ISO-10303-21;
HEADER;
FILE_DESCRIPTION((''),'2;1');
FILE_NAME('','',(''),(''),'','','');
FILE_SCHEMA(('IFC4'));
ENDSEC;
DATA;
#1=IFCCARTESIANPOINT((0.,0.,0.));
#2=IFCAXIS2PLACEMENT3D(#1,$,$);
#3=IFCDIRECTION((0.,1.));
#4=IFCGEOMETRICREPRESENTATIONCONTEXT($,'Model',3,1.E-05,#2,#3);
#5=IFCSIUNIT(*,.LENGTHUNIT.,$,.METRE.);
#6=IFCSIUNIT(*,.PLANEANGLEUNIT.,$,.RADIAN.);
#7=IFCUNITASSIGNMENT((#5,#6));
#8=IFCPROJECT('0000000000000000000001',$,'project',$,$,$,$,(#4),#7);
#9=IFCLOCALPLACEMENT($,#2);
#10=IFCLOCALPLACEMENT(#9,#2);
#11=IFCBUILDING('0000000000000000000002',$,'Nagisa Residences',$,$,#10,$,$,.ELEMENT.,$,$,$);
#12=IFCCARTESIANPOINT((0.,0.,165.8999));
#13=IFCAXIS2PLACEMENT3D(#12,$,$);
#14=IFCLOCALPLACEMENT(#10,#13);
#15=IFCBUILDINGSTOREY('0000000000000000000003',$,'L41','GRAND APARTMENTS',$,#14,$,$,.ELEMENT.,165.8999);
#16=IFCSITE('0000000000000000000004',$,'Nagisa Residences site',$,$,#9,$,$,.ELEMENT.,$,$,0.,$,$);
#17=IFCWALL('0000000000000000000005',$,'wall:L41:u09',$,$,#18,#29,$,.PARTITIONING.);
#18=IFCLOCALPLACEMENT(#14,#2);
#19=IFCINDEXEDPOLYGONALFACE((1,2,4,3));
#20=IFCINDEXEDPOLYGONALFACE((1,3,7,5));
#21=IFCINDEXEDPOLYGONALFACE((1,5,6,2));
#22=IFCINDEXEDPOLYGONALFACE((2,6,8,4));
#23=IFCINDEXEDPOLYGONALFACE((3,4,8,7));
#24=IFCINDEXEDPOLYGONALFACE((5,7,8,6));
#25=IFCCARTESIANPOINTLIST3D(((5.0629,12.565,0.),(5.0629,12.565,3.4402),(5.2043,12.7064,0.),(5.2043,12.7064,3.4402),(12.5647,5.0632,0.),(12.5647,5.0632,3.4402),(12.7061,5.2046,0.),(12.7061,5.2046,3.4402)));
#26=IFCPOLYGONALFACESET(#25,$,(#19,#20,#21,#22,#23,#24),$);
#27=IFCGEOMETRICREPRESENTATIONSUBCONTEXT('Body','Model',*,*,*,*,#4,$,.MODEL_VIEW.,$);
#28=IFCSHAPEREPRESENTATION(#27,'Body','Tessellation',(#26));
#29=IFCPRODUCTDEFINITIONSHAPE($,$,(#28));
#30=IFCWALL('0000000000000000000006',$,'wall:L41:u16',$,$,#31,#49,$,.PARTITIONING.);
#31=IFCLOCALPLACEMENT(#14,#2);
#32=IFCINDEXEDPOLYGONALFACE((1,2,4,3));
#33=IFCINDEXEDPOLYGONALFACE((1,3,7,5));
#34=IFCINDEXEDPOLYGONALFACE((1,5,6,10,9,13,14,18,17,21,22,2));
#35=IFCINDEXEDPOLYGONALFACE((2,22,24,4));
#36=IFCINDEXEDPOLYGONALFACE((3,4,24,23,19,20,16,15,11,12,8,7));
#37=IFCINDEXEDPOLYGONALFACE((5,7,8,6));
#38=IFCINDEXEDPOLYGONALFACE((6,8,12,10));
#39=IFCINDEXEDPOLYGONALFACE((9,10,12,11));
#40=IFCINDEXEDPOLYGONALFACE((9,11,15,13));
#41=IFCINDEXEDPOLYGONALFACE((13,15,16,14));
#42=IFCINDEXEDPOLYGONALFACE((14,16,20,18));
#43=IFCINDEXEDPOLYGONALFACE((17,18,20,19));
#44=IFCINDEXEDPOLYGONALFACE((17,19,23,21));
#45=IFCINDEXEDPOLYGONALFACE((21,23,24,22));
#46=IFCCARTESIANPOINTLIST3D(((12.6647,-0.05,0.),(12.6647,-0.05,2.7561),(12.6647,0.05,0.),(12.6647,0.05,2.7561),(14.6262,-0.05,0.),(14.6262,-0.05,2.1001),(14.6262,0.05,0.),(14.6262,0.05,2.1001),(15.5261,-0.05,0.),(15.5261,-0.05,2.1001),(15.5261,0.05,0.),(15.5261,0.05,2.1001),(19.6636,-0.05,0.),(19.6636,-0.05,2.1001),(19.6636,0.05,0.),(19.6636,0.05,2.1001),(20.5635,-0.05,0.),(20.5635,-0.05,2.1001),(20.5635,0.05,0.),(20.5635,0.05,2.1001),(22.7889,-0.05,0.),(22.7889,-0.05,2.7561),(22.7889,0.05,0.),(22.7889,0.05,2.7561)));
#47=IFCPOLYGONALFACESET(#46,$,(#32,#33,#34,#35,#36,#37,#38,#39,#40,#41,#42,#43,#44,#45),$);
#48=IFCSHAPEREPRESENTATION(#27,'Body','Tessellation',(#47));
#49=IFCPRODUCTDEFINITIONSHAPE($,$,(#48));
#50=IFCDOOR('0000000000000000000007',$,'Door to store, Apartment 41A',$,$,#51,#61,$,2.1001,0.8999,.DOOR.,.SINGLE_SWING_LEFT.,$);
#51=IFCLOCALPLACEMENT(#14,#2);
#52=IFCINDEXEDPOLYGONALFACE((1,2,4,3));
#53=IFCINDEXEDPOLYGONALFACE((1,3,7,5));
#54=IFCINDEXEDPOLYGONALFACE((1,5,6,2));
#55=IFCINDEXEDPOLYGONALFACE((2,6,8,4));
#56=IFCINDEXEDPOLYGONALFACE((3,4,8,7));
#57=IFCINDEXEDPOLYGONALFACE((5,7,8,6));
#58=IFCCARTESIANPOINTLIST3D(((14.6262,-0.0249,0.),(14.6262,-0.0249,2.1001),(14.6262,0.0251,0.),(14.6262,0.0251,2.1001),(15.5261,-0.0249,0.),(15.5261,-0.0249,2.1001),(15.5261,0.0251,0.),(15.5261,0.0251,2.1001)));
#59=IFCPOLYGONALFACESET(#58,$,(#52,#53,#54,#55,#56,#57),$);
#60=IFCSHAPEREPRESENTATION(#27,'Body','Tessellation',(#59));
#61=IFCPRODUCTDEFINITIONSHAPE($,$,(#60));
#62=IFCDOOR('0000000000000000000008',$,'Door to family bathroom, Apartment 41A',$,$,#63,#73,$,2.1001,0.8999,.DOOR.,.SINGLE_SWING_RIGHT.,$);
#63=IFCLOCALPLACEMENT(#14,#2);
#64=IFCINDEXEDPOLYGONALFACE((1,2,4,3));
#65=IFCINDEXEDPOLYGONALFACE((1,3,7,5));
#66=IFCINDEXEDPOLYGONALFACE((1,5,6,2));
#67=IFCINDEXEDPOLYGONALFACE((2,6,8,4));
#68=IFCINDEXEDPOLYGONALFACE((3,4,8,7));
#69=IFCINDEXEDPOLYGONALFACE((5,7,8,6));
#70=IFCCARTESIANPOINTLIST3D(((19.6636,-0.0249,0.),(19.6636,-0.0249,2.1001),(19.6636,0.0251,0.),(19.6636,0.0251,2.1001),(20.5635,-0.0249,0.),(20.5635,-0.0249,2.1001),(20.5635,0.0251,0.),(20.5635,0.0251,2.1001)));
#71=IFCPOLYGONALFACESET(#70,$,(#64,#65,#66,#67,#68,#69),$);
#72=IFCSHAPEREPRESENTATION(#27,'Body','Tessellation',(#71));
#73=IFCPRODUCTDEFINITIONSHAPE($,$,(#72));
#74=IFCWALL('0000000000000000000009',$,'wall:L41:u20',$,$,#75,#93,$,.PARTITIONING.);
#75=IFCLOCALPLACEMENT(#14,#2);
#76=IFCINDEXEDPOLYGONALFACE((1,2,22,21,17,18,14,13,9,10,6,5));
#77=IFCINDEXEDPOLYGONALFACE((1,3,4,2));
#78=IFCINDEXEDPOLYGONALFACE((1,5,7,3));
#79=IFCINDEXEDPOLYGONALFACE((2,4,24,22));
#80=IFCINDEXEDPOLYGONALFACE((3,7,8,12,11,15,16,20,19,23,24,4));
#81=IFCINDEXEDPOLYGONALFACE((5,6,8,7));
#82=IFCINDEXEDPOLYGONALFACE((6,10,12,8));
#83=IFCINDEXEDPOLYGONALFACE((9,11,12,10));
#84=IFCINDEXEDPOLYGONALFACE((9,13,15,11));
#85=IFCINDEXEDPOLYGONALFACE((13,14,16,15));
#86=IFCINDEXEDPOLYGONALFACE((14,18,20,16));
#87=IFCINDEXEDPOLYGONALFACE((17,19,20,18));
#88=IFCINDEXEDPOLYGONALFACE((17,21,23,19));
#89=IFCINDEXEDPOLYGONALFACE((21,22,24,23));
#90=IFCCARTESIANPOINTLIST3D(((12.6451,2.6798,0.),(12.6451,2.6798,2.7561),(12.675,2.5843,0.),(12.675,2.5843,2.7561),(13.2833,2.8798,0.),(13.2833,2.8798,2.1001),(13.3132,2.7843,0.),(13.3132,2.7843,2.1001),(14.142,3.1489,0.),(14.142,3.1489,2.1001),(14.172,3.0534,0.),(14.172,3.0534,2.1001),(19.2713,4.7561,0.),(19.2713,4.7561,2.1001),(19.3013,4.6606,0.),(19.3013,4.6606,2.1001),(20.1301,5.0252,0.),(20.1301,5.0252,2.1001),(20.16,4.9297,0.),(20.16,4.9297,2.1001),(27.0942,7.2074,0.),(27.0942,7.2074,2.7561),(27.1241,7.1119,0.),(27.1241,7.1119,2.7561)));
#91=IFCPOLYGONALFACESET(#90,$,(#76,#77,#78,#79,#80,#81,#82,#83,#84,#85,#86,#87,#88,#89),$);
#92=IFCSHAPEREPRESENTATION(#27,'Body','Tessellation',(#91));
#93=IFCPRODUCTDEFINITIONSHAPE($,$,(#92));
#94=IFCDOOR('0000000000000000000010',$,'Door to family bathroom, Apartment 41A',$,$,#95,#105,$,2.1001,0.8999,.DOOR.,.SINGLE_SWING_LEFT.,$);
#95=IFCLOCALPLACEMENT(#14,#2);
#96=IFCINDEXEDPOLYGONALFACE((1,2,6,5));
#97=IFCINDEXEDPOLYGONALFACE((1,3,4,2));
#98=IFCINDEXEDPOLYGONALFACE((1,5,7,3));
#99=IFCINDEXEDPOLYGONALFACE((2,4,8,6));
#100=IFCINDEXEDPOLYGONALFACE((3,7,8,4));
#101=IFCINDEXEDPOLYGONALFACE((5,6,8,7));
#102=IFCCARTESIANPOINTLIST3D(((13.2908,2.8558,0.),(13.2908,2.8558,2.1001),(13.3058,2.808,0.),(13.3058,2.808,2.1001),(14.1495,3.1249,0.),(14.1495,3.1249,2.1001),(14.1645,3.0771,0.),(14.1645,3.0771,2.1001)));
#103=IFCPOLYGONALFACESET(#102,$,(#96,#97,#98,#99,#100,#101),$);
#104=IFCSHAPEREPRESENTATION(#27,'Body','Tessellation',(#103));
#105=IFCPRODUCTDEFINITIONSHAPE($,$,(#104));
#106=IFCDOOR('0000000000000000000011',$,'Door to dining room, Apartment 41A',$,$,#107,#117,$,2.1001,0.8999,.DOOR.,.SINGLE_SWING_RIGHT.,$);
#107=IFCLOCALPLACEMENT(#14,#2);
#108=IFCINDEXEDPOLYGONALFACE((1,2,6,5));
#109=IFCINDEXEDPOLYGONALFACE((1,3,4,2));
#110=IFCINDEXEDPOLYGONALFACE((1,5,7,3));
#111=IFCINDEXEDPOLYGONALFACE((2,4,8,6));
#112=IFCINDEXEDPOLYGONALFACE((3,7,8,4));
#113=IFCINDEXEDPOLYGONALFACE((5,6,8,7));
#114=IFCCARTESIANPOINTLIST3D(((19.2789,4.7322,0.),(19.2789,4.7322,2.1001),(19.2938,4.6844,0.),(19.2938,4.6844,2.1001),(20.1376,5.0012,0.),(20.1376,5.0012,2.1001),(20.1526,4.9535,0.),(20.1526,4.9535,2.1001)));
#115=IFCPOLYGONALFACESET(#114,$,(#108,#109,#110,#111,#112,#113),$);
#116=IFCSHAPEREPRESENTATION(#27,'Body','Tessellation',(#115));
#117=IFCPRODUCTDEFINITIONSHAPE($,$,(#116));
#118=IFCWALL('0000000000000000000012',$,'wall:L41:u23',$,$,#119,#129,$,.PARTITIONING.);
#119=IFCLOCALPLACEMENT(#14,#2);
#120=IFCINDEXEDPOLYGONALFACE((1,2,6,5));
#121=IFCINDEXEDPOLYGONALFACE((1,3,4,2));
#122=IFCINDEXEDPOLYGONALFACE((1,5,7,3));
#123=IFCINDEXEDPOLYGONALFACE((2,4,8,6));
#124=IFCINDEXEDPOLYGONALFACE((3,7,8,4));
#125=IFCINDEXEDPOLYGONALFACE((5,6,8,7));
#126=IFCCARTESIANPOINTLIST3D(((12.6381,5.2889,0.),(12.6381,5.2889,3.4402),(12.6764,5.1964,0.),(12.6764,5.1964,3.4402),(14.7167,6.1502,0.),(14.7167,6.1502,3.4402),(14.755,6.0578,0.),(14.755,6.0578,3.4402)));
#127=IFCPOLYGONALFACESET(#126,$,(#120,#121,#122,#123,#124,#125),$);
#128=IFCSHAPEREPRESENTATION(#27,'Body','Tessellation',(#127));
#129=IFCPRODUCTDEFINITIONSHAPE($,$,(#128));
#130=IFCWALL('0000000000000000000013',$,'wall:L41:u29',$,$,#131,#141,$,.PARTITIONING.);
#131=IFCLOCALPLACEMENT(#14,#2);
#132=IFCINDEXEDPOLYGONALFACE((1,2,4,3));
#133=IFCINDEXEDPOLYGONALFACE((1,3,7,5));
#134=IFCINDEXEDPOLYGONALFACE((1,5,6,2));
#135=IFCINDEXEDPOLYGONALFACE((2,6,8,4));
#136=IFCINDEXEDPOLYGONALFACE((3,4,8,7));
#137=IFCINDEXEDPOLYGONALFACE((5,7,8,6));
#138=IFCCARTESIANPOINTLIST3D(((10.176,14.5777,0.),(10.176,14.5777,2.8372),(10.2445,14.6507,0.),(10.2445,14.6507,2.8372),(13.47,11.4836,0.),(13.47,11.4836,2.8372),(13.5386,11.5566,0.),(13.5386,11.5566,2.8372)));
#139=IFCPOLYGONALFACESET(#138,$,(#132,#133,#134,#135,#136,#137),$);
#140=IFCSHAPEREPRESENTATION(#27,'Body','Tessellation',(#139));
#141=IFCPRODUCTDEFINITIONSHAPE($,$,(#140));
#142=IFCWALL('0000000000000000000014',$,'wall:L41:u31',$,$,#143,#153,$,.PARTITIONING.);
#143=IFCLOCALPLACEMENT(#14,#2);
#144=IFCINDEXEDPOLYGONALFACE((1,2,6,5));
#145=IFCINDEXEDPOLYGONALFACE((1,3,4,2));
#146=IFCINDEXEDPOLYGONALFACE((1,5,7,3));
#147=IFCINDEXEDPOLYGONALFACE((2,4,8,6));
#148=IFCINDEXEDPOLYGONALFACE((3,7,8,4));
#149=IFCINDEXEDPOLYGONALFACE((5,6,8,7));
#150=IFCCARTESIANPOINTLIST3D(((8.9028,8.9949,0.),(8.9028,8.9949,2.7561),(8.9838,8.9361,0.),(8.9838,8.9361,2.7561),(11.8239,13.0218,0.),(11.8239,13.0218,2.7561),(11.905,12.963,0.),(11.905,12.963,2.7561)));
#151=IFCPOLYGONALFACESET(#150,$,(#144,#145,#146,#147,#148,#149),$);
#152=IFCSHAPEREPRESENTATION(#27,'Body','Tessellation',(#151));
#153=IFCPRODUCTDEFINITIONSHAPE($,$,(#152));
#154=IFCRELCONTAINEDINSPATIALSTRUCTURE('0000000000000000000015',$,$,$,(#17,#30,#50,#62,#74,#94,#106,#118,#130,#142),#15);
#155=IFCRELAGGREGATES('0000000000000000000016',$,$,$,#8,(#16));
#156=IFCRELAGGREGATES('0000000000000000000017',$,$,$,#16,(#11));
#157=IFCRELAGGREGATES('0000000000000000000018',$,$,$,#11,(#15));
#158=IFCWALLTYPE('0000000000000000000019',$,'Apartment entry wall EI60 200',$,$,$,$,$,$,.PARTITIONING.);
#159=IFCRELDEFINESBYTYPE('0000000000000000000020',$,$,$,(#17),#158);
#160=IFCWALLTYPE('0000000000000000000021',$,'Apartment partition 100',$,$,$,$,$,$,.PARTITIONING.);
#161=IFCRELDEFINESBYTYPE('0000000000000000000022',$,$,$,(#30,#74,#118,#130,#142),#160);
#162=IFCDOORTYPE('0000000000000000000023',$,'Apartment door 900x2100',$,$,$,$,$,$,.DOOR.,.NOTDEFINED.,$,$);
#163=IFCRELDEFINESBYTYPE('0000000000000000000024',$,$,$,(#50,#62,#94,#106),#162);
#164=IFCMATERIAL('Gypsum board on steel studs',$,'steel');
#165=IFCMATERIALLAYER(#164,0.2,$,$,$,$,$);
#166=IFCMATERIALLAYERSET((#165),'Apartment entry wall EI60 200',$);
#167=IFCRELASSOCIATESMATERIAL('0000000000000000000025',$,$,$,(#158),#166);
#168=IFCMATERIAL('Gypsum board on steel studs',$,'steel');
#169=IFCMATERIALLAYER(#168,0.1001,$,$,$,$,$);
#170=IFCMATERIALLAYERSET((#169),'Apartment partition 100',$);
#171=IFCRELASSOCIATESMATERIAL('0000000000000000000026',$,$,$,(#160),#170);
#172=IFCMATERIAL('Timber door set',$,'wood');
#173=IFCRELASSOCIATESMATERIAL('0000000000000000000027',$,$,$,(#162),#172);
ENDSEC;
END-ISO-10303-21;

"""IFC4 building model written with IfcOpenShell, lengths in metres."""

from ifc_helpers import new_model, si_unit, direction, frame, frame_2d, origin, place, context, subcontext, project, spatial, rectangle, extrude, material, layer, layer_set, type_object, element, fill, save


model = new_model("IFC4")

# Units and contexts
model_context = context("Model", 3, precision=1e-05, world=origin(), true_north=direction((0.0, 1.0)))
body_context = subcontext(model_context, "Body", "Model", "MODEL_VIEW")
ifc_project = project(units=[si_unit("LENGTHUNIT", "METRE"), si_unit("PLANEANGLEUNIT", "RADIAN")], contexts=[model_context])

# Site, building, storey
site_placement = place(None, origin())
site = spatial("IfcSite", under=ifc_project, at=site_placement, Name="Nagisa Residences site", CompositionType="ELEMENT", RefElevation=0.0)
building_placement = place(site_placement, origin())
building = spatial("IfcBuilding", under=site, at=building_placement, Name="Nagisa Residences", CompositionType="ELEMENT")
storey_placement = place(building_placement, frame((0.0, 0.0, 165.8999)))
storey = spatial("IfcBuildingStorey", under=building, at=storey_placement, Name="L41", Description="GRAND APARTMENTS", CompositionType="ELEMENT", Elevation=165.8999)

# Wall
ifc_material_1 = material(Name="Gypsum board on steel studs", Category="steel")
ifc_layer_1 = layer(ifc_material_1, 0.2)
ifc_layer_set_1 = layer_set([ifc_layer_1], Name="Apartment entry wall EI60 200")
wall_type_1 = type_object("IfcWallType", Name="Apartment entry wall EI60 200", PredefinedType="PARTITIONING", material=ifc_layer_set_1)
wall_1_placement = place(storey_placement, frame((12.6355, 5.1338, 0.0), z_axis=(0.0, 0.0, 1.0), x_axis=(-0.707107, 0.707107, 0.0)))
element("IfcWall", 1, at=wall_1_placement, inside=storey, type_object=wall_type_1, Name="wall:L41:u09", PredefinedType="PARTITIONING", context=body_context, shape_type="SweptSolid", body=[
    extrude(rectangle(XDim=10.6091, YDim=0.2, at=frame_2d((5.3047, 0.0))), origin(), (0.0, 0.0, 1.0), 3.4402),
])

# Walls, openings, doors
ifc_material_2 = material(Name="Gypsum board on steel studs", Category="steel")
ifc_layer_2 = layer(ifc_material_2, 0.1001)
ifc_layer_set_2 = layer_set([ifc_layer_2], Name="Apartment partition 100")
wall_type_2 = type_object("IfcWallType", Name="Apartment partition 100", PredefinedType="PARTITIONING", material=ifc_layer_set_2)
wall_2_placement = place(storey_placement, frame((12.6648, 0.0, 0.0), z_axis=(0.0, 0.0, 1.0), x_axis=(1.0, 0.0, 0.0)))
wall_2 = element("IfcWall", 2, at=wall_2_placement, inside=storey, type_object=wall_type_2, Name="wall:L41:u16", PredefinedType="PARTITIONING", context=body_context, shape_type="SweptSolid", body=[
    extrude(rectangle(XDim=10.1243, YDim=0.1001, at=frame_2d((5.062, 0.0))), origin(), (0.0, 0.0, 1.0), 2.7561),
])
opening_1_placement = place(wall_2_placement, frame((1.9614, 0.0, 0.0)))
opening_1 = element("IfcOpeningElement", 3, at=opening_1_placement, cuts=wall_2, PredefinedType="OPENING", context=body_context, shape_type="SweptSolid", body=[
    extrude(rectangle(XDim=0.8999, YDim=2.1001, at=frame_2d((0.45, 1.05))), frame((0.0, 0.0601, 0.0), z_axis=(0.0, -1.0, 0.0), x_axis=(1.0, 0.0, 0.0)), (0.0, 0.0, 1.0), 0.1201),
])
opening_2_placement = place(wall_2_placement, frame((6.9988, 0.0, 0.0)))
opening_2 = element("IfcOpeningElement", 4, at=opening_2_placement, cuts=wall_2, PredefinedType="OPENING", context=body_context, shape_type="SweptSolid", body=[
    extrude(rectangle(XDim=0.8999, YDim=2.1001, at=frame_2d((0.45, 1.05))), frame((0.0, 0.0601, 0.0), z_axis=(0.0, -1.0, 0.0), x_axis=(1.0, 0.0, 0.0)), (0.0, 0.0, 1.0), 0.1201),
])
ifc_material_3 = material(Name="Timber door set", Category="wood")
door_type_1 = type_object("IfcDoorType", Name="Apartment door 900x2100", OperationType="NOTDEFINED", PredefinedType="DOOR", material=ifc_material_3)
door_1_placement = place(opening_1_placement, frame((0.8999, 0.0, 0.0), x_axis=(-1.0, 0.0, 0.0)))
door_1 = element("IfcDoor", 5, at=door_1_placement, inside=storey, type_object=door_type_1, Name="Door to store, Apartment 41A", OperationType="SINGLE_SWING_LEFT", OverallHeight=2.1001, OverallWidth=0.8999, PredefinedType="DOOR", context=body_context, shape_type="SweptSolid", body=[
    extrude(rectangle(XDim=0.8999, YDim=2.1001, at=frame_2d((0.45, 1.05))), frame((0.0, 0.0249, 0.0), z_axis=(0.0, -1.0, 0.0), x_axis=(1.0, 0.0, 0.0)), (0.0, 0.0, 1.0), 0.05),
])
fill(opening_1, door_1)
door_2_placement = place(opening_2_placement, frame((0.8999, 0.0, 0.0), x_axis=(-1.0, 0.0, 0.0)))
door_2 = element("IfcDoor", 6, at=door_2_placement, inside=storey, type_object=door_type_1, Name="Door to family bathroom, Apartment 41A", OperationType="SINGLE_SWING_RIGHT", OverallHeight=2.1001, OverallWidth=0.8999, PredefinedType="DOOR", context=body_context, shape_type="SweptSolid", body=[
    extrude(rectangle(XDim=0.8999, YDim=2.1001, at=frame_2d((0.45, 1.05))), frame((0.0, 0.0249, 0.0), z_axis=(0.0, -1.0, 0.0), x_axis=(1.0, 0.0, 0.0)), (0.0, 0.0, 1.0), 0.05),
])
fill(opening_2, door_2)
wall_3_placement = place(storey_placement, frame((12.6602, 2.6321, 0.0), z_axis=(0.0, 0.0, 1.0), x_axis=(0.954249, 0.299014, 0.0)))
wall_3 = element("IfcWall", 7, at=wall_3_placement, inside=storey, type_object=wall_type_2, Name="wall:L41:u20", PredefinedType="PARTITIONING", context=body_context, shape_type="SweptSolid", body=[
    extrude(rectangle(XDim=15.1418, YDim=0.1001, at=frame_2d((7.5708, 0.0))), origin(), (0.0, 0.0, 1.0), 2.7561),
])
opening_3_placement = place(wall_3_placement, frame((0.6687, 0.0, 0.0)))
opening_3 = element("IfcOpeningElement", 8, at=opening_3_placement, cuts=wall_3, PredefinedType="OPENING", context=body_context, shape_type="SweptSolid", body=[
    extrude(rectangle(XDim=0.8999, YDim=2.1001, at=frame_2d((0.45, 1.05))), frame((0.0, 0.0601, 0.0), z_axis=(0.0, -1.0, 0.0), x_axis=(1.0, 0.0, 0.0)), (0.0, 0.0, 1.0), 0.1201),
])
opening_4_placement = place(wall_3_placement, frame((6.9438, 0.0, 0.0)))
opening_4 = element("IfcOpeningElement", 9, at=opening_4_placement, cuts=wall_3, PredefinedType="OPENING", context=body_context, shape_type="SweptSolid", body=[
    extrude(rectangle(XDim=0.8999, YDim=2.1001, at=frame_2d((0.45, 1.05))), frame((0.0, 0.0601, 0.0), z_axis=(0.0, -1.0, 0.0), x_axis=(1.0, 0.0, 0.0)), (0.0, 0.0, 1.0), 0.1201),
])
door_3_placement = place(opening_3_placement, origin())
door_3 = element("IfcDoor", 10, at=door_3_placement, inside=storey, type_object=door_type_1, Name="Door to family bathroom, Apartment 41A", OperationType="SINGLE_SWING_LEFT", OverallHeight=2.1001, OverallWidth=0.8999, PredefinedType="DOOR", context=body_context, shape_type="SweptSolid", body=[
    extrude(rectangle(XDim=0.8999, YDim=2.1001, at=frame_2d((0.45, 1.05))), frame((0.0, 0.0249, 0.0), z_axis=(0.0, -1.0, 0.0), x_axis=(1.0, 0.0, 0.0)), (0.0, 0.0, 1.0), 0.05),
])
fill(opening_3, door_3)
door_4_placement = place(opening_4_placement, origin())
door_4 = element("IfcDoor", 11, at=door_4_placement, inside=storey, type_object=door_type_1, Name="Door to dining room, Apartment 41A", OperationType="SINGLE_SWING_RIGHT", OverallHeight=2.1001, OverallWidth=0.8999, PredefinedType="DOOR", context=body_context, shape_type="SweptSolid", body=[
    extrude(rectangle(XDim=0.8999, YDim=2.1001, at=frame_2d((0.45, 1.05))), frame((0.0, 0.0249, 0.0), z_axis=(0.0, -1.0, 0.0), x_axis=(1.0, 0.0, 0.0)), (0.0, 0.0, 1.0), 0.05),
])
fill(opening_4, door_4)

# Walls
wall_4_placement = place(storey_placement, frame((12.6572, 5.2427, 0.0), z_axis=(0.0, 0.0, 1.0), x_axis=(0.923826, 0.382812, 0.0)))
element("IfcWall", 12, at=wall_4_placement, inside=storey, type_object=wall_type_2, Name="wall:L41:u23", PredefinedType="PARTITIONING", context=body_context, shape_type="SweptSolid", body=[
    extrude(rectangle(XDim=2.25, YDim=0.1001, at=frame_2d((1.125, 0.0))), origin(), (0.0, 0.0, 1.0), 3.4402),
])
wall_5_placement = place(storey_placement, frame((13.5044, 11.52, 0.0), z_axis=(0.0, 0.0, 1.0), x_axis=(-0.728883, 0.684638, 0.0)))
element("IfcWall", 13, at=wall_5_placement, inside=storey, type_object=wall_type_2, Name="wall:L41:u29", PredefinedType="PARTITIONING", context=body_context, shape_type="SweptSolid", body=[
    extrude(rectangle(XDim=4.5193, YDim=0.1001, at=frame_2d((2.2598, 0.0))), origin(), (0.0, 0.0, 1.0), 2.8372),
])
wall_6_placement = place(storey_placement, frame((8.9434, 8.9656, 0.0), z_axis=(0.0, 0.0, 1.0), x_axis=(0.587188, 0.809451, 0.0)))
element("IfcWall", 14, at=wall_6_placement, inside=storey, type_object=wall_type_2, Name="wall:L41:u31", PredefinedType="PARTITIONING", context=body_context, shape_type="SweptSolid", body=[
    extrude(rectangle(XDim=4.9749, YDim=0.1001, at=frame_2d((2.4873, 0.0))), origin(), (0.0, 0.0, 1.0), 2.7561),
])

save(model, "model.ifc")
